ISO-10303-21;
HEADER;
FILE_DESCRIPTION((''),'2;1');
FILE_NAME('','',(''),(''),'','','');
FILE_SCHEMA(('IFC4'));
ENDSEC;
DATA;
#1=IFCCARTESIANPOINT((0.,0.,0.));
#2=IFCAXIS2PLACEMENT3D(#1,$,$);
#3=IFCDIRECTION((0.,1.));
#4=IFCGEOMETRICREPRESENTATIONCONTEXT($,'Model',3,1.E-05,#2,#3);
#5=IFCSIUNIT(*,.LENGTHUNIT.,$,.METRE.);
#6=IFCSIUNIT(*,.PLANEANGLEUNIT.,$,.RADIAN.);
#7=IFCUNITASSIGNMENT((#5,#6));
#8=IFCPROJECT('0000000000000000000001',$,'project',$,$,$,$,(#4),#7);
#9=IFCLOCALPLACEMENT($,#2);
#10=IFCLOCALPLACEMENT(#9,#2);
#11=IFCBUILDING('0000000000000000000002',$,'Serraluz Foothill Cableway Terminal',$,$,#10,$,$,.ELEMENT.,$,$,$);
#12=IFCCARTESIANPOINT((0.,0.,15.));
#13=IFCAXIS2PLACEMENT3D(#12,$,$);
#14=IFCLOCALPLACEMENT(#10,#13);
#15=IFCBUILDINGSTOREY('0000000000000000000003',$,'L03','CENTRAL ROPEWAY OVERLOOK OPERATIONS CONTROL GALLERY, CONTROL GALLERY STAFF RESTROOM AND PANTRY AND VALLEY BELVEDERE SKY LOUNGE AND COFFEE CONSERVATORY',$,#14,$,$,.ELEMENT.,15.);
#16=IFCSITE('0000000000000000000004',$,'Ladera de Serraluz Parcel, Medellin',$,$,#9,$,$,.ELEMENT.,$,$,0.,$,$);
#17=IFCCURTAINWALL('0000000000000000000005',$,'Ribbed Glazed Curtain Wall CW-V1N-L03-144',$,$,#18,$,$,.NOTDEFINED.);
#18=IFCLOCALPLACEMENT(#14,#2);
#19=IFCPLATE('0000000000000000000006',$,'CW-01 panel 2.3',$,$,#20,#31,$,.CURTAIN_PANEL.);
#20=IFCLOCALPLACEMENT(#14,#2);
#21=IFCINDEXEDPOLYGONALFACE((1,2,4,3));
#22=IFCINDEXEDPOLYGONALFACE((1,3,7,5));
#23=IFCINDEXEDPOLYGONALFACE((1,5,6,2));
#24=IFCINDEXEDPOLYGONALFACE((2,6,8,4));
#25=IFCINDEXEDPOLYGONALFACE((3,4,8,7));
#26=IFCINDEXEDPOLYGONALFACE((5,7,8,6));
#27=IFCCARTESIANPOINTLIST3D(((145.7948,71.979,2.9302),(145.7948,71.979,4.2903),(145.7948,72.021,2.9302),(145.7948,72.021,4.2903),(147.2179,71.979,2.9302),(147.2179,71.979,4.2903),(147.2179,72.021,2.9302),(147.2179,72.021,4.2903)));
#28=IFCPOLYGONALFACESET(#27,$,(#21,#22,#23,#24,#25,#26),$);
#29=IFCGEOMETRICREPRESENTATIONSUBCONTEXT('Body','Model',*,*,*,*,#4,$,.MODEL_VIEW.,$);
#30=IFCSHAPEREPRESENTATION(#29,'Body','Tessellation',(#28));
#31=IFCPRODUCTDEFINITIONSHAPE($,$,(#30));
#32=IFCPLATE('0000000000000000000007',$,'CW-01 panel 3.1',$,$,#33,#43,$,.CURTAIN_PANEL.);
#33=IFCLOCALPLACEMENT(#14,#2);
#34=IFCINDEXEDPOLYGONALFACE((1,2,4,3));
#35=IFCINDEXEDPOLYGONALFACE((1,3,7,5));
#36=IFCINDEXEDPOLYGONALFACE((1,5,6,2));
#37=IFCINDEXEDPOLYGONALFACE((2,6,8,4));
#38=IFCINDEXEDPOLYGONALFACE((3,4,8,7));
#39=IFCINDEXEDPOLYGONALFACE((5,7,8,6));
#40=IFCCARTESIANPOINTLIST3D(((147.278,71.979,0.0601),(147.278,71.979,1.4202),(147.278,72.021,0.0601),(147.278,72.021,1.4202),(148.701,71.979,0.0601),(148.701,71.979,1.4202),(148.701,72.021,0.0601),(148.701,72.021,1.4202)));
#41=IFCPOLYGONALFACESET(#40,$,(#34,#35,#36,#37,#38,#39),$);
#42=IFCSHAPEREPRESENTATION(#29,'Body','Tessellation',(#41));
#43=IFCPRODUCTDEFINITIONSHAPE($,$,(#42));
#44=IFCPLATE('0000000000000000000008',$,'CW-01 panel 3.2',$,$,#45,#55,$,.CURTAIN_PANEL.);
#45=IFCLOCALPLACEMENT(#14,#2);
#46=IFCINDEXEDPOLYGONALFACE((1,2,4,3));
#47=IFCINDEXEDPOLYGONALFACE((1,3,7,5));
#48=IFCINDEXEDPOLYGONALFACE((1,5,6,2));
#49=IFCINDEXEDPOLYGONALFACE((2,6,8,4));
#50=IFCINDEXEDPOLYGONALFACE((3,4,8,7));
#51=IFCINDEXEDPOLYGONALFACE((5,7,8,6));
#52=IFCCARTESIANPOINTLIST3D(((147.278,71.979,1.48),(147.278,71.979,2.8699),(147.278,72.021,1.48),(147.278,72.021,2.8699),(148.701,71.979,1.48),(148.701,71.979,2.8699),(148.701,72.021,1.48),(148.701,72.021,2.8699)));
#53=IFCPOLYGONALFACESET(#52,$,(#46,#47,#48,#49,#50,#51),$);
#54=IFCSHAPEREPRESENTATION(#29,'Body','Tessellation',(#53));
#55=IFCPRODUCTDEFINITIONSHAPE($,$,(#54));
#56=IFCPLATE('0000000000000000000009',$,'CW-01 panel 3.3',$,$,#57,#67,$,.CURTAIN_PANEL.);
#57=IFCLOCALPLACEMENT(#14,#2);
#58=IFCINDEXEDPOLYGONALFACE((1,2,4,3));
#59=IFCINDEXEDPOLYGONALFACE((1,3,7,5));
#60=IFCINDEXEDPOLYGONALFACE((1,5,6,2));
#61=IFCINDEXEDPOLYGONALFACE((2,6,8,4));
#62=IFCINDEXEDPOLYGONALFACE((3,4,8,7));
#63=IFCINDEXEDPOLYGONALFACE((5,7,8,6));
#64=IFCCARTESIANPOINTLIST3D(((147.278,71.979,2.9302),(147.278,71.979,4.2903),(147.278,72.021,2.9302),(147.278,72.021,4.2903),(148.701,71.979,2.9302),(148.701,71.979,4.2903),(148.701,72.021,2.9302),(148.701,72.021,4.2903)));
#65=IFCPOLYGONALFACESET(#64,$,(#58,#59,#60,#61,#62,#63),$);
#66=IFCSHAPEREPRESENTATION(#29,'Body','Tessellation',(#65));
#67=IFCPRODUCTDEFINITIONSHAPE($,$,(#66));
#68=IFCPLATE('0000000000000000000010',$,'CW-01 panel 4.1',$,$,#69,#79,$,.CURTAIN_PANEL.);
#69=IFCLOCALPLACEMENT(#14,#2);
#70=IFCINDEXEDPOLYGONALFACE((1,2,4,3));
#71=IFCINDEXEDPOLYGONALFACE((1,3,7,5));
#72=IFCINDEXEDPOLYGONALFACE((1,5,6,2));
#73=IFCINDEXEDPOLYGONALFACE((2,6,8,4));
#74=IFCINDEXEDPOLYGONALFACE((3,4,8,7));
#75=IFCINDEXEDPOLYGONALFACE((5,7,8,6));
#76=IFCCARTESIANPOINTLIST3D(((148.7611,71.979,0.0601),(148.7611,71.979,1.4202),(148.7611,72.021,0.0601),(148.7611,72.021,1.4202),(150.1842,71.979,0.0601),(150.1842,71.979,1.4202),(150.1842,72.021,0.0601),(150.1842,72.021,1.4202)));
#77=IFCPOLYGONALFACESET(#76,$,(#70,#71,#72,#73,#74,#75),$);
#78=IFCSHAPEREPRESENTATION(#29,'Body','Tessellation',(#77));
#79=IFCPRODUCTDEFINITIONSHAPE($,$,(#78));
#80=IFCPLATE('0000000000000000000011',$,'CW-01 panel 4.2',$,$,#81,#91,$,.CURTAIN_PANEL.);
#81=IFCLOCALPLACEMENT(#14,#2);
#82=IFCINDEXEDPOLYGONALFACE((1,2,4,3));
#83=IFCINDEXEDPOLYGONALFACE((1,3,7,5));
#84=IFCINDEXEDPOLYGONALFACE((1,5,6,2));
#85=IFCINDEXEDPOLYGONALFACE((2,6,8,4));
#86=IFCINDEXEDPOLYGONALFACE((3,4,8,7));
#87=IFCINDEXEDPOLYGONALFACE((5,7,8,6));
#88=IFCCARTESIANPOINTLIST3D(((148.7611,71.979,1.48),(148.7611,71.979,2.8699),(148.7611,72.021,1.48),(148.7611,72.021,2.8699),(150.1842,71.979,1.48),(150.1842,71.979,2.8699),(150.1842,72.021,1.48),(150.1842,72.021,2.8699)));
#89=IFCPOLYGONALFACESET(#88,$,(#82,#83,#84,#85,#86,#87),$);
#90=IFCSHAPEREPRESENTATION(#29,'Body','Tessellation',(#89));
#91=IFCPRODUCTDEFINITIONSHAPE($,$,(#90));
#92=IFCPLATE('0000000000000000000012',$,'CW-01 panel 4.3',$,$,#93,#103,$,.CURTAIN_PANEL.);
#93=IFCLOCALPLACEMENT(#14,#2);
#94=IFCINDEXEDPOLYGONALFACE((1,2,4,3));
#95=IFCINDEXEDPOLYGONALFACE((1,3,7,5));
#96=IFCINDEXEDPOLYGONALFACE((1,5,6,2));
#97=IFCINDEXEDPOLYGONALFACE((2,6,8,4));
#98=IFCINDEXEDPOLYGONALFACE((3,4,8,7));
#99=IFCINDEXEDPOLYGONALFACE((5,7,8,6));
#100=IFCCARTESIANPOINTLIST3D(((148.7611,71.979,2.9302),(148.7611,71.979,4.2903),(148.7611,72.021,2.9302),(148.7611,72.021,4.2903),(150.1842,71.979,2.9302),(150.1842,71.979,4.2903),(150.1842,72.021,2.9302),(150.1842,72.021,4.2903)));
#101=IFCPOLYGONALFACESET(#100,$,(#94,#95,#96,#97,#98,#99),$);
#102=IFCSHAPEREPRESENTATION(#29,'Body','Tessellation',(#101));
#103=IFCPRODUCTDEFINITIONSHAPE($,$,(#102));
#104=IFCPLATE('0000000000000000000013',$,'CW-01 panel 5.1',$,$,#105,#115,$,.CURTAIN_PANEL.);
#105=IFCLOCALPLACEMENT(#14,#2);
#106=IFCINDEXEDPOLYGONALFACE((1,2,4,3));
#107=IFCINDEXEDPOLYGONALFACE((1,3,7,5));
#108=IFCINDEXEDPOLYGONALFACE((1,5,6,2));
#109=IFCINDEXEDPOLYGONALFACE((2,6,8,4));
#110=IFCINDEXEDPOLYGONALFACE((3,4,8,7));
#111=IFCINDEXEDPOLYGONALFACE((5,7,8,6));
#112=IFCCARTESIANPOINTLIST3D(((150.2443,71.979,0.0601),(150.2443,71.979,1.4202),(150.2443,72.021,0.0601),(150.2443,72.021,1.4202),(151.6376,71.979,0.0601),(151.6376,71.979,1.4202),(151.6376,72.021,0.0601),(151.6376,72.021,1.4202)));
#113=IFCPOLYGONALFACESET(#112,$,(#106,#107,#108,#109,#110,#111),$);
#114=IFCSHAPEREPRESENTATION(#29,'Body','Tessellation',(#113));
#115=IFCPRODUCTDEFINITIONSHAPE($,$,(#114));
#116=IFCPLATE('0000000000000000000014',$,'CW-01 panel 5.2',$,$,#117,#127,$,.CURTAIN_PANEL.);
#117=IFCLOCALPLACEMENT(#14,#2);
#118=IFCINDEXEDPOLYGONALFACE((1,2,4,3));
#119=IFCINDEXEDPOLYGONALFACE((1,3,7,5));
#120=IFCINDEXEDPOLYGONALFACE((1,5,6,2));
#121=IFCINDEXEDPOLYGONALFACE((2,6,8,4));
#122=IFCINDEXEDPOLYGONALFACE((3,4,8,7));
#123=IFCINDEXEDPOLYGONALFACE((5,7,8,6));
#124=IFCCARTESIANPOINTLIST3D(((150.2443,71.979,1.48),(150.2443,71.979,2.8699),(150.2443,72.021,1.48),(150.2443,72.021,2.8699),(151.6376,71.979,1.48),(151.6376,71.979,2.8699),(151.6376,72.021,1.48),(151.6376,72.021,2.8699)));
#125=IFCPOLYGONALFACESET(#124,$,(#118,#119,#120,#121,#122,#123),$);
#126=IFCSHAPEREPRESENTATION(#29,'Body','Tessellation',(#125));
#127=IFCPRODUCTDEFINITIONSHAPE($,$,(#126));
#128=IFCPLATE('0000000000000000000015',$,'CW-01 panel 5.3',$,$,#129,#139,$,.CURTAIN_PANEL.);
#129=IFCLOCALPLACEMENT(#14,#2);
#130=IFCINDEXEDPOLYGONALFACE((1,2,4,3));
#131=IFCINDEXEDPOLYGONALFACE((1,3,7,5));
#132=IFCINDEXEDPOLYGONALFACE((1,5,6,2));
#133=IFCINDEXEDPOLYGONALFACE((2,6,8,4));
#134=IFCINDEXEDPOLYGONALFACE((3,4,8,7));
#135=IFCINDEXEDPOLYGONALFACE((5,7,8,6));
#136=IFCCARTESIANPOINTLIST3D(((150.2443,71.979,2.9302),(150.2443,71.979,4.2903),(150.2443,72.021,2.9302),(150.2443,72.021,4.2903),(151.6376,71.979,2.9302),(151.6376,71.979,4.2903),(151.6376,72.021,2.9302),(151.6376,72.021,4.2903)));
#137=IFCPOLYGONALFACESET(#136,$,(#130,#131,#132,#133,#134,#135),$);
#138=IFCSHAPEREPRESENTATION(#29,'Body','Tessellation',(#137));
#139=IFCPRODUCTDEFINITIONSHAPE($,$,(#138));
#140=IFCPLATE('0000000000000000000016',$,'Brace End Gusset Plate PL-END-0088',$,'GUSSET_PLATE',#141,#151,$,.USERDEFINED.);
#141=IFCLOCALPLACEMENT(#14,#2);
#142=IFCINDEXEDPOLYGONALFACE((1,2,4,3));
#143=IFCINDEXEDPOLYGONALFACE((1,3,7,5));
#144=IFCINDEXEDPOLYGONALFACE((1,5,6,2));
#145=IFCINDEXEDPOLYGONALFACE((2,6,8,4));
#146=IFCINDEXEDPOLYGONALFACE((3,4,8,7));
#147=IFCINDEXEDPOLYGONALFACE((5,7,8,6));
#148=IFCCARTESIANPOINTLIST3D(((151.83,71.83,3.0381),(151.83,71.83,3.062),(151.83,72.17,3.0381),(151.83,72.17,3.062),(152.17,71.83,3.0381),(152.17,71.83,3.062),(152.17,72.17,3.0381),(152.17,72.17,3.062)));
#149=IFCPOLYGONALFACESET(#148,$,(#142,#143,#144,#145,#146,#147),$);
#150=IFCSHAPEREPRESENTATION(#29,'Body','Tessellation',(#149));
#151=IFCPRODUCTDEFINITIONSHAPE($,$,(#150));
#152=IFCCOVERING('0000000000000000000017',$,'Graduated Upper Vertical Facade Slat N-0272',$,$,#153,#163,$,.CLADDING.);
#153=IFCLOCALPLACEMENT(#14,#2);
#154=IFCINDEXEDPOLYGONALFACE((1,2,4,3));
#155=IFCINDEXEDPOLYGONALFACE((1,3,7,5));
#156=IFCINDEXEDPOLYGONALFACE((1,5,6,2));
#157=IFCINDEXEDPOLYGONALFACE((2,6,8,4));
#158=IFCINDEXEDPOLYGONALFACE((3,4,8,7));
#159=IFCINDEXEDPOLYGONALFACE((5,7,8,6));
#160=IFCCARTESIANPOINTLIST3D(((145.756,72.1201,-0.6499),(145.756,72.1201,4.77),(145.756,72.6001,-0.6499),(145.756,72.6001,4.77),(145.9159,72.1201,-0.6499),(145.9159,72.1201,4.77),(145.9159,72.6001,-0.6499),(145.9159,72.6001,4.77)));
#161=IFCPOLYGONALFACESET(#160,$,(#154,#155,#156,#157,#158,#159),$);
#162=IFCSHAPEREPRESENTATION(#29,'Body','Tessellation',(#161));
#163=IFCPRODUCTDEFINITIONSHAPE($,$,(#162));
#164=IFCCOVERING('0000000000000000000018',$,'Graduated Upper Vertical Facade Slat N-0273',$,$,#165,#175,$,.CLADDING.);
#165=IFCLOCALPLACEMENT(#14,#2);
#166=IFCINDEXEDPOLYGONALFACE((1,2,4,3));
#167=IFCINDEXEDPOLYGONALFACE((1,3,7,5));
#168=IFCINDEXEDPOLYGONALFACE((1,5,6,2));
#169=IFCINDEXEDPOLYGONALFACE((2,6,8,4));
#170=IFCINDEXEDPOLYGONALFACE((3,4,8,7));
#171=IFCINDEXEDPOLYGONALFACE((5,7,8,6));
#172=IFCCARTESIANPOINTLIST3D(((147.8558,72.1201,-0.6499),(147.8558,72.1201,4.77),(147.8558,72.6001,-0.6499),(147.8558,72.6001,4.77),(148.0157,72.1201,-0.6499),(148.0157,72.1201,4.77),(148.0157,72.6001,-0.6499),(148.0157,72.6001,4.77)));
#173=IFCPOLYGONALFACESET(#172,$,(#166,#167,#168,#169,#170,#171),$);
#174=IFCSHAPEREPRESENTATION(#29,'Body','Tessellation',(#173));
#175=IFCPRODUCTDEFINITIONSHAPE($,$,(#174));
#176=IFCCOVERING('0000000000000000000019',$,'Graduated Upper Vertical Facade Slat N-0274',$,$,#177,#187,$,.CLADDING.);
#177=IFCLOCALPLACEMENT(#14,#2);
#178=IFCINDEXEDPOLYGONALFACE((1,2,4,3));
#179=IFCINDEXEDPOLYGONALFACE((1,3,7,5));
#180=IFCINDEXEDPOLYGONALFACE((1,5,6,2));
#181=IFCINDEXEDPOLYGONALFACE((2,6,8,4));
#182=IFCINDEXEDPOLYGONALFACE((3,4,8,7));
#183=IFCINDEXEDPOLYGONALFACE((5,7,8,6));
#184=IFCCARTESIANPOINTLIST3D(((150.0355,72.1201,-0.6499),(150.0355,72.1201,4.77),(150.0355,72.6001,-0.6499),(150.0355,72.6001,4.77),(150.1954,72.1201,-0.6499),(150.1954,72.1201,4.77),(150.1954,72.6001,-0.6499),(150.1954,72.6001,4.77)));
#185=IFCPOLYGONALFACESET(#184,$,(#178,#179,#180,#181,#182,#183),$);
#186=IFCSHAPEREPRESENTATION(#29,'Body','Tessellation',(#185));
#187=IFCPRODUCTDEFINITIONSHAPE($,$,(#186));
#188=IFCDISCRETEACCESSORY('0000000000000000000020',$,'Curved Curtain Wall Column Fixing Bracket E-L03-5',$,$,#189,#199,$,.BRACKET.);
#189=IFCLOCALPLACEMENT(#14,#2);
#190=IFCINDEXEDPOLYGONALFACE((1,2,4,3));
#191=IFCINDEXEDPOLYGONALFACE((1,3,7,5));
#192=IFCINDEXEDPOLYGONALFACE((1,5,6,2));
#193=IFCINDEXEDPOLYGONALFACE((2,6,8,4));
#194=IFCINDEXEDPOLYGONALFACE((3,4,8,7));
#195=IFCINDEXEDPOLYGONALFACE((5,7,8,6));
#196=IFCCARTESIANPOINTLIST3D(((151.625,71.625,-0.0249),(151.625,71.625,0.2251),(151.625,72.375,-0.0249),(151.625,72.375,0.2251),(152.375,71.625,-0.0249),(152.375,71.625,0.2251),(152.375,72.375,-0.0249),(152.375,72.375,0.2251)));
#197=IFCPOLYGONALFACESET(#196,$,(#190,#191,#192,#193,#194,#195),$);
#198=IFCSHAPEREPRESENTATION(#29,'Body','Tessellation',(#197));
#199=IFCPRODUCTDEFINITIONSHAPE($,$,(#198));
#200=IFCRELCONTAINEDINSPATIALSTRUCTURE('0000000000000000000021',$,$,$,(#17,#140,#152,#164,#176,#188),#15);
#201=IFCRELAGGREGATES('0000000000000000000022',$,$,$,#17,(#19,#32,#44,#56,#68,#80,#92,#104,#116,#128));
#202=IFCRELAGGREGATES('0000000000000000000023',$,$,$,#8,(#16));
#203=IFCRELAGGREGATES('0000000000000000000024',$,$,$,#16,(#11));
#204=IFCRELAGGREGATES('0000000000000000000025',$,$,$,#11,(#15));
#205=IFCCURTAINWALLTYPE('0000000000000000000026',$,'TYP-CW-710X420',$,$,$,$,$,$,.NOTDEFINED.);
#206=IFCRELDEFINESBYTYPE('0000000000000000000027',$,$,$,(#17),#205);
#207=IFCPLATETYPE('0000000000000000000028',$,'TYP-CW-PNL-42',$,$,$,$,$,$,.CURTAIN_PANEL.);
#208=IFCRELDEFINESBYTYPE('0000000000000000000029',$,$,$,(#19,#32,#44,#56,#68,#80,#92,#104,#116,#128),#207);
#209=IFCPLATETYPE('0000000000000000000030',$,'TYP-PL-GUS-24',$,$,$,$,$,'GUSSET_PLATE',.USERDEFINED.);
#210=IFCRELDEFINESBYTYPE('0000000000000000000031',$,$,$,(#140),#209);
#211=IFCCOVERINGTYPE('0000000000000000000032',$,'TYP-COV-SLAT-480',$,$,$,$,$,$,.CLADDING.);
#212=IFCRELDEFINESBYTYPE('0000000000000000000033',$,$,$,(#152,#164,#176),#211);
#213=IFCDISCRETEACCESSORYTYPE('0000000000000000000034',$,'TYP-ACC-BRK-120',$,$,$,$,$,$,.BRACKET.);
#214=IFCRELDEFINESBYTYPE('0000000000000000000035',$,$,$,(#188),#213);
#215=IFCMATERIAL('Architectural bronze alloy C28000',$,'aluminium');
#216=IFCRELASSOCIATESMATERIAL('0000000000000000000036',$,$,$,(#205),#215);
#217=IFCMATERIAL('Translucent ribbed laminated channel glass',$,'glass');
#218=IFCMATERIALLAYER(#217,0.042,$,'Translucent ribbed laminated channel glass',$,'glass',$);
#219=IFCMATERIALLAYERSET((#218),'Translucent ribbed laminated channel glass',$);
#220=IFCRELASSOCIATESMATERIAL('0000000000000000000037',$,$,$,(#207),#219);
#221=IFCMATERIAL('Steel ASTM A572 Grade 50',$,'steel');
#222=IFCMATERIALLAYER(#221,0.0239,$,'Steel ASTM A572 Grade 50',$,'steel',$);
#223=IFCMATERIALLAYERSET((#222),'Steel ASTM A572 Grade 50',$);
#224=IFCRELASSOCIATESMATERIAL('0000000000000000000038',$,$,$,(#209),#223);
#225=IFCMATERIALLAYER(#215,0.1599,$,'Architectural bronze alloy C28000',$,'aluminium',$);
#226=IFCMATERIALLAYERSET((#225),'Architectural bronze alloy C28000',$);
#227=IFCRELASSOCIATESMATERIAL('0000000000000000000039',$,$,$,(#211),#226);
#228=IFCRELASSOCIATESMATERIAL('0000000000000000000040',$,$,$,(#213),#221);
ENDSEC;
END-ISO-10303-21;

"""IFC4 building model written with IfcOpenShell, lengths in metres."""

from ifc_helpers import new_model, si_unit, direction, frame, origin, origin_2d, place, context, subcontext, project, spatial, rectangle, extrude, material, layer, layer_set, type_object, element, aggregate, save


model = new_model("IFC4")

# Units and contexts
model_context = context("Model", 3, precision=1e-05, world=origin(), true_north=direction((0.0, 1.0)))
body_context = subcontext(model_context, "Body", "Model", "MODEL_VIEW")
ifc_project = project(units=[si_unit("LENGTHUNIT", "METRE"), si_unit("PLANEANGLEUNIT", "RADIAN")], contexts=[model_context])

# Site, building, storey
site_placement = place(None, origin())
site = spatial("IfcSite", under=ifc_project, at=site_placement, Name="Ladera de Serraluz Parcel, Medellin", CompositionType="ELEMENT", RefElevation=0.0)
building_placement = place(site_placement, origin())
building = spatial("IfcBuilding", under=site, at=building_placement, Name="Serraluz Foothill Cableway Terminal", CompositionType="ELEMENT")
storey_placement = place(building_placement, frame((0.0, 0.0, 15.0)))
storey = spatial("IfcBuildingStorey", under=building, at=storey_placement, Name="L03", Description="CENTRAL ROPEWAY OVERLOOK OPERATIONS CONTROL GALLERY, CONTROL GALLERY STAFF RESTROOM AND PANTRY AND VALLEY BELVEDERE SKY LOUNGE AND COFFEE CONSERVATORY", CompositionType="ELEMENT", Elevation=15.0)

# Curtain wall
ifc_material_1 = material(Name="Architectural bronze alloy C28000", Category="aluminium")
curtain_wall_type = type_object("IfcCurtainWallType", Name="TYP-CW-710X420", PredefinedType="NOTDEFINED", material=ifc_material_1)
curtain_wall_placement = place(storey_placement, origin())
curtain_wall = element("IfcCurtainWall", 1, at=curtain_wall_placement, inside=storey, type_object=curtain_wall_type, Name="Ribbed Glazed Curtain Wall CW-V1N-L03-144", PredefinedType="NOTDEFINED")

# Shared definitions
ifc_material_2 = material(Name="Steel ASTM A572 Grade 50", Category="steel")

# Plates
ifc_material_3 = material(Name="Translucent ribbed laminated channel glass", Category="glass")
ifc_layer_1 = layer(ifc_material_3, 0.042, Name="Translucent ribbed laminated channel glass", Category="glass")
ifc_layer_set_1 = layer_set([ifc_layer_1], Name="Translucent ribbed laminated channel glass")
plate_type_1 = type_object("IfcPlateType", Name="TYP-CW-PNL-42", PredefinedType="CURTAIN_PANEL", material=ifc_layer_set_1)
plate_1_placement = place(storey_placement, frame((146.5063, 72.0, 2.9302), z_axis=(0.0, 0.0, 1.0), x_axis=(1.0, 0.0, 0.0)))
plate_1 = element("IfcPlate", 2, at=plate_1_placement, type_object=plate_type_1, Name="CW-01 panel 2.3", PredefinedType="CURTAIN_PANEL", context=body_context, shape_type="SweptSolid", body=[
    extrude(rectangle(XDim=1.4231, YDim=0.042, at=origin_2d()), origin(), (0.0, 0.0, 1.0), 1.3601),
])
plate_2_placement = place(storey_placement, frame((147.9895, 72.0, 0.0601), z_axis=(0.0, 0.0, 1.0), x_axis=(1.0, 0.0, 0.0)))
plate_2 = element("IfcPlate", 3, at=plate_2_placement, type_object=plate_type_1, Name="CW-01 panel 3.1", PredefinedType="CURTAIN_PANEL", context=body_context, shape_type="SweptSolid", body=[
    extrude(rectangle(XDim=1.4231, YDim=0.042, at=origin_2d()), origin(), (0.0, 0.0, 1.0), 1.3601),
])
plate_3_placement = place(storey_placement, frame((147.9895, 72.0, 1.48), z_axis=(0.0, 0.0, 1.0), x_axis=(1.0, 0.0, 0.0)))
plate_3 = element("IfcPlate", 4, at=plate_3_placement, type_object=plate_type_1, Name="CW-01 panel 3.2", PredefinedType="CURTAIN_PANEL", context=body_context, shape_type="SweptSolid", body=[
    extrude(rectangle(XDim=1.4231, YDim=0.042, at=origin_2d()), origin(), (0.0, 0.0, 1.0), 1.3899),
])
plate_4_placement = place(storey_placement, frame((147.9895, 72.0, 2.9302), z_axis=(0.0, 0.0, 1.0), x_axis=(1.0, 0.0, 0.0)))
plate_4 = element("IfcPlate", 5, at=plate_4_placement, type_object=plate_type_1, Name="CW-01 panel 3.3", PredefinedType="CURTAIN_PANEL", context=body_context, shape_type="SweptSolid", body=[
    extrude(rectangle(XDim=1.4231, YDim=0.042, at=origin_2d()), origin(), (0.0, 0.0, 1.0), 1.3601),
])
plate_5_placement = place(storey_placement, frame((149.4727, 72.0, 0.0601), z_axis=(0.0, 0.0, 1.0), x_axis=(1.0, 0.0, 0.0)))
plate_5 = element("IfcPlate", 6, at=plate_5_placement, type_object=plate_type_1, Name="CW-01 panel 4.1", PredefinedType="CURTAIN_PANEL", context=body_context, shape_type="SweptSolid", body=[
    extrude(rectangle(XDim=1.4231, YDim=0.042, at=origin_2d()), origin(), (0.0, 0.0, 1.0), 1.3601),
])
plate_6_placement = place(storey_placement, frame((149.4727, 72.0, 1.48), z_axis=(0.0, 0.0, 1.0), x_axis=(1.0, 0.0, 0.0)))
plate_6 = element("IfcPlate", 7, at=plate_6_placement, type_object=plate_type_1, Name="CW-01 panel 4.2", PredefinedType="CURTAIN_PANEL", context=body_context, shape_type="SweptSolid", body=[
    extrude(rectangle(XDim=1.4231, YDim=0.042, at=origin_2d()), origin(), (0.0, 0.0, 1.0), 1.3899),
])
plate_7_placement = place(storey_placement, frame((149.4727, 72.0, 2.9302), z_axis=(0.0, 0.0, 1.0), x_axis=(1.0, 0.0, 0.0)))
plate_7 = element("IfcPlate", 8, at=plate_7_placement, type_object=plate_type_1, Name="CW-01 panel 4.3", PredefinedType="CURTAIN_PANEL", context=body_context, shape_type="SweptSolid", body=[
    extrude(rectangle(XDim=1.4231, YDim=0.042, at=origin_2d()), origin(), (0.0, 0.0, 1.0), 1.3601),
])
plate_8_placement = place(storey_placement, frame((150.9409, 72.0, 0.0601), z_axis=(0.0, 0.0, 1.0), x_axis=(1.0, 0.0, 0.0)))
plate_8 = element("IfcPlate", 9, at=plate_8_placement, type_object=plate_type_1, Name="CW-01 panel 5.1", PredefinedType="CURTAIN_PANEL", context=body_context, shape_type="SweptSolid", body=[
    extrude(rectangle(XDim=1.3933, YDim=0.042, at=origin_2d()), origin(), (0.0, 0.0, 1.0), 1.3601),
])
plate_9_placement = place(storey_placement, frame((150.9409, 72.0, 1.48), z_axis=(0.0, 0.0, 1.0), x_axis=(1.0, 0.0, 0.0)))
plate_9 = element("IfcPlate", 10, at=plate_9_placement, type_object=plate_type_1, Name="CW-01 panel 5.2", PredefinedType="CURTAIN_PANEL", context=body_context, shape_type="SweptSolid", body=[
    extrude(rectangle(XDim=1.3933, YDim=0.042, at=origin_2d()), origin(), (0.0, 0.0, 1.0), 1.3899),
])
plate_10_placement = place(storey_placement, frame((150.9409, 72.0, 2.9302), z_axis=(0.0, 0.0, 1.0), x_axis=(1.0, 0.0, 0.0)))
plate_10 = element("IfcPlate", 11, at=plate_10_placement, type_object=plate_type_1, Name="CW-01 panel 5.3", PredefinedType="CURTAIN_PANEL", context=body_context, shape_type="SweptSolid", body=[
    extrude(rectangle(XDim=1.3933, YDim=0.042, at=origin_2d()), origin(), (0.0, 0.0, 1.0), 1.3601),
])
aggregate(curtain_wall, [plate_1, plate_2, plate_3, plate_4, plate_5, plate_6, plate_7, plate_8, plate_9, plate_10])
ifc_layer_2 = layer(ifc_material_2, 0.0239, Name="Steel ASTM A572 Grade 50", Category="steel")
ifc_layer_set_2 = layer_set([ifc_layer_2], Name="Steel ASTM A572 Grade 50")
plate_type_2 = type_object("IfcPlateType", Name="TYP-PL-GUS-24", ElementType="GUSSET_PLATE", PredefinedType="USERDEFINED", material=ifc_layer_set_2)
plate_11_placement = place(storey_placement, frame((152.0, 72.0, 3.0381), z_axis=(0.0, 0.0, 1.0), x_axis=(1.0, 0.0, 0.0)))
element("IfcPlate", 12, at=plate_11_placement, inside=storey, type_object=plate_type_2, Name="Brace End Gusset Plate PL-END-0088", ObjectType="GUSSET_PLATE", PredefinedType="USERDEFINED", context=body_context, shape_type="SweptSolid", body=[
    extrude(rectangle(XDim=0.3401, YDim=0.3401, at=origin_2d()), origin(), (0.0, 0.0, 1.0), 0.0239),
])

# Coverings
ifc_layer_3 = layer(ifc_material_1, 0.1599, Name="Architectural bronze alloy C28000", Category="aluminium")
ifc_layer_set_3 = layer_set([ifc_layer_3], Name="Architectural bronze alloy C28000")
covering_type = type_object("IfcCoveringType", Name="TYP-COV-SLAT-480", PredefinedType="CLADDING", material=ifc_layer_set_3)
for number, where, z_axis, x_axis, name in (
    (13, (145.8359, 72.3601, -0.6499), (0.0, 0.0, 1.0), (1.0, 0.0, 0.0), "Graduated Upper Vertical Facade Slat N-0272"),
    (14, (147.9358, 72.3601, -0.6499), (0.0, 0.0, 1.0), (1.0, 0.0, 0.0), "Graduated Upper Vertical Facade Slat N-0273"),
    (15, (150.1155, 72.3601, -0.6499), (0.0, 0.0, 1.0), (1.0, 0.0, 0.0), "Graduated Upper Vertical Facade Slat N-0274"),
):
    element("IfcCovering", number, at=place(storey_placement, frame(where, z_axis=z_axis, x_axis=x_axis)), inside=storey, type_object=covering_type, Name=name, PredefinedType="CLADDING", context=body_context, shape_type="SweptSolid", body=[
        extrude(rectangle(XDim=0.1599, YDim=0.48, at=origin_2d()), origin(), (0.0, 0.0, 1.0), 5.4199),
    ])

# Discrete accessory
discrete_accessory_type = type_object("IfcDiscreteAccessoryType", Name="TYP-ACC-BRK-120", PredefinedType="BRACKET", material=ifc_material_2)
discrete_accessory_placement = place(storey_placement, frame((152.0, 72.0, -0.0249), z_axis=(0.0, 0.0, 1.0), x_axis=(1.0, 0.0, 0.0)))
element("IfcDiscreteAccessory", 16, at=discrete_accessory_placement, inside=storey, type_object=discrete_accessory_type, Name="Curved Curtain Wall Column Fixing Bracket E-L03-5", PredefinedType="BRACKET", context=body_context, shape_type="SweptSolid", body=[
    extrude(rectangle(XDim=0.75, YDim=0.75, at=origin_2d()), origin(), (0.0, 0.0, 1.0), 0.25),
])

save(model, "model.ifc")
